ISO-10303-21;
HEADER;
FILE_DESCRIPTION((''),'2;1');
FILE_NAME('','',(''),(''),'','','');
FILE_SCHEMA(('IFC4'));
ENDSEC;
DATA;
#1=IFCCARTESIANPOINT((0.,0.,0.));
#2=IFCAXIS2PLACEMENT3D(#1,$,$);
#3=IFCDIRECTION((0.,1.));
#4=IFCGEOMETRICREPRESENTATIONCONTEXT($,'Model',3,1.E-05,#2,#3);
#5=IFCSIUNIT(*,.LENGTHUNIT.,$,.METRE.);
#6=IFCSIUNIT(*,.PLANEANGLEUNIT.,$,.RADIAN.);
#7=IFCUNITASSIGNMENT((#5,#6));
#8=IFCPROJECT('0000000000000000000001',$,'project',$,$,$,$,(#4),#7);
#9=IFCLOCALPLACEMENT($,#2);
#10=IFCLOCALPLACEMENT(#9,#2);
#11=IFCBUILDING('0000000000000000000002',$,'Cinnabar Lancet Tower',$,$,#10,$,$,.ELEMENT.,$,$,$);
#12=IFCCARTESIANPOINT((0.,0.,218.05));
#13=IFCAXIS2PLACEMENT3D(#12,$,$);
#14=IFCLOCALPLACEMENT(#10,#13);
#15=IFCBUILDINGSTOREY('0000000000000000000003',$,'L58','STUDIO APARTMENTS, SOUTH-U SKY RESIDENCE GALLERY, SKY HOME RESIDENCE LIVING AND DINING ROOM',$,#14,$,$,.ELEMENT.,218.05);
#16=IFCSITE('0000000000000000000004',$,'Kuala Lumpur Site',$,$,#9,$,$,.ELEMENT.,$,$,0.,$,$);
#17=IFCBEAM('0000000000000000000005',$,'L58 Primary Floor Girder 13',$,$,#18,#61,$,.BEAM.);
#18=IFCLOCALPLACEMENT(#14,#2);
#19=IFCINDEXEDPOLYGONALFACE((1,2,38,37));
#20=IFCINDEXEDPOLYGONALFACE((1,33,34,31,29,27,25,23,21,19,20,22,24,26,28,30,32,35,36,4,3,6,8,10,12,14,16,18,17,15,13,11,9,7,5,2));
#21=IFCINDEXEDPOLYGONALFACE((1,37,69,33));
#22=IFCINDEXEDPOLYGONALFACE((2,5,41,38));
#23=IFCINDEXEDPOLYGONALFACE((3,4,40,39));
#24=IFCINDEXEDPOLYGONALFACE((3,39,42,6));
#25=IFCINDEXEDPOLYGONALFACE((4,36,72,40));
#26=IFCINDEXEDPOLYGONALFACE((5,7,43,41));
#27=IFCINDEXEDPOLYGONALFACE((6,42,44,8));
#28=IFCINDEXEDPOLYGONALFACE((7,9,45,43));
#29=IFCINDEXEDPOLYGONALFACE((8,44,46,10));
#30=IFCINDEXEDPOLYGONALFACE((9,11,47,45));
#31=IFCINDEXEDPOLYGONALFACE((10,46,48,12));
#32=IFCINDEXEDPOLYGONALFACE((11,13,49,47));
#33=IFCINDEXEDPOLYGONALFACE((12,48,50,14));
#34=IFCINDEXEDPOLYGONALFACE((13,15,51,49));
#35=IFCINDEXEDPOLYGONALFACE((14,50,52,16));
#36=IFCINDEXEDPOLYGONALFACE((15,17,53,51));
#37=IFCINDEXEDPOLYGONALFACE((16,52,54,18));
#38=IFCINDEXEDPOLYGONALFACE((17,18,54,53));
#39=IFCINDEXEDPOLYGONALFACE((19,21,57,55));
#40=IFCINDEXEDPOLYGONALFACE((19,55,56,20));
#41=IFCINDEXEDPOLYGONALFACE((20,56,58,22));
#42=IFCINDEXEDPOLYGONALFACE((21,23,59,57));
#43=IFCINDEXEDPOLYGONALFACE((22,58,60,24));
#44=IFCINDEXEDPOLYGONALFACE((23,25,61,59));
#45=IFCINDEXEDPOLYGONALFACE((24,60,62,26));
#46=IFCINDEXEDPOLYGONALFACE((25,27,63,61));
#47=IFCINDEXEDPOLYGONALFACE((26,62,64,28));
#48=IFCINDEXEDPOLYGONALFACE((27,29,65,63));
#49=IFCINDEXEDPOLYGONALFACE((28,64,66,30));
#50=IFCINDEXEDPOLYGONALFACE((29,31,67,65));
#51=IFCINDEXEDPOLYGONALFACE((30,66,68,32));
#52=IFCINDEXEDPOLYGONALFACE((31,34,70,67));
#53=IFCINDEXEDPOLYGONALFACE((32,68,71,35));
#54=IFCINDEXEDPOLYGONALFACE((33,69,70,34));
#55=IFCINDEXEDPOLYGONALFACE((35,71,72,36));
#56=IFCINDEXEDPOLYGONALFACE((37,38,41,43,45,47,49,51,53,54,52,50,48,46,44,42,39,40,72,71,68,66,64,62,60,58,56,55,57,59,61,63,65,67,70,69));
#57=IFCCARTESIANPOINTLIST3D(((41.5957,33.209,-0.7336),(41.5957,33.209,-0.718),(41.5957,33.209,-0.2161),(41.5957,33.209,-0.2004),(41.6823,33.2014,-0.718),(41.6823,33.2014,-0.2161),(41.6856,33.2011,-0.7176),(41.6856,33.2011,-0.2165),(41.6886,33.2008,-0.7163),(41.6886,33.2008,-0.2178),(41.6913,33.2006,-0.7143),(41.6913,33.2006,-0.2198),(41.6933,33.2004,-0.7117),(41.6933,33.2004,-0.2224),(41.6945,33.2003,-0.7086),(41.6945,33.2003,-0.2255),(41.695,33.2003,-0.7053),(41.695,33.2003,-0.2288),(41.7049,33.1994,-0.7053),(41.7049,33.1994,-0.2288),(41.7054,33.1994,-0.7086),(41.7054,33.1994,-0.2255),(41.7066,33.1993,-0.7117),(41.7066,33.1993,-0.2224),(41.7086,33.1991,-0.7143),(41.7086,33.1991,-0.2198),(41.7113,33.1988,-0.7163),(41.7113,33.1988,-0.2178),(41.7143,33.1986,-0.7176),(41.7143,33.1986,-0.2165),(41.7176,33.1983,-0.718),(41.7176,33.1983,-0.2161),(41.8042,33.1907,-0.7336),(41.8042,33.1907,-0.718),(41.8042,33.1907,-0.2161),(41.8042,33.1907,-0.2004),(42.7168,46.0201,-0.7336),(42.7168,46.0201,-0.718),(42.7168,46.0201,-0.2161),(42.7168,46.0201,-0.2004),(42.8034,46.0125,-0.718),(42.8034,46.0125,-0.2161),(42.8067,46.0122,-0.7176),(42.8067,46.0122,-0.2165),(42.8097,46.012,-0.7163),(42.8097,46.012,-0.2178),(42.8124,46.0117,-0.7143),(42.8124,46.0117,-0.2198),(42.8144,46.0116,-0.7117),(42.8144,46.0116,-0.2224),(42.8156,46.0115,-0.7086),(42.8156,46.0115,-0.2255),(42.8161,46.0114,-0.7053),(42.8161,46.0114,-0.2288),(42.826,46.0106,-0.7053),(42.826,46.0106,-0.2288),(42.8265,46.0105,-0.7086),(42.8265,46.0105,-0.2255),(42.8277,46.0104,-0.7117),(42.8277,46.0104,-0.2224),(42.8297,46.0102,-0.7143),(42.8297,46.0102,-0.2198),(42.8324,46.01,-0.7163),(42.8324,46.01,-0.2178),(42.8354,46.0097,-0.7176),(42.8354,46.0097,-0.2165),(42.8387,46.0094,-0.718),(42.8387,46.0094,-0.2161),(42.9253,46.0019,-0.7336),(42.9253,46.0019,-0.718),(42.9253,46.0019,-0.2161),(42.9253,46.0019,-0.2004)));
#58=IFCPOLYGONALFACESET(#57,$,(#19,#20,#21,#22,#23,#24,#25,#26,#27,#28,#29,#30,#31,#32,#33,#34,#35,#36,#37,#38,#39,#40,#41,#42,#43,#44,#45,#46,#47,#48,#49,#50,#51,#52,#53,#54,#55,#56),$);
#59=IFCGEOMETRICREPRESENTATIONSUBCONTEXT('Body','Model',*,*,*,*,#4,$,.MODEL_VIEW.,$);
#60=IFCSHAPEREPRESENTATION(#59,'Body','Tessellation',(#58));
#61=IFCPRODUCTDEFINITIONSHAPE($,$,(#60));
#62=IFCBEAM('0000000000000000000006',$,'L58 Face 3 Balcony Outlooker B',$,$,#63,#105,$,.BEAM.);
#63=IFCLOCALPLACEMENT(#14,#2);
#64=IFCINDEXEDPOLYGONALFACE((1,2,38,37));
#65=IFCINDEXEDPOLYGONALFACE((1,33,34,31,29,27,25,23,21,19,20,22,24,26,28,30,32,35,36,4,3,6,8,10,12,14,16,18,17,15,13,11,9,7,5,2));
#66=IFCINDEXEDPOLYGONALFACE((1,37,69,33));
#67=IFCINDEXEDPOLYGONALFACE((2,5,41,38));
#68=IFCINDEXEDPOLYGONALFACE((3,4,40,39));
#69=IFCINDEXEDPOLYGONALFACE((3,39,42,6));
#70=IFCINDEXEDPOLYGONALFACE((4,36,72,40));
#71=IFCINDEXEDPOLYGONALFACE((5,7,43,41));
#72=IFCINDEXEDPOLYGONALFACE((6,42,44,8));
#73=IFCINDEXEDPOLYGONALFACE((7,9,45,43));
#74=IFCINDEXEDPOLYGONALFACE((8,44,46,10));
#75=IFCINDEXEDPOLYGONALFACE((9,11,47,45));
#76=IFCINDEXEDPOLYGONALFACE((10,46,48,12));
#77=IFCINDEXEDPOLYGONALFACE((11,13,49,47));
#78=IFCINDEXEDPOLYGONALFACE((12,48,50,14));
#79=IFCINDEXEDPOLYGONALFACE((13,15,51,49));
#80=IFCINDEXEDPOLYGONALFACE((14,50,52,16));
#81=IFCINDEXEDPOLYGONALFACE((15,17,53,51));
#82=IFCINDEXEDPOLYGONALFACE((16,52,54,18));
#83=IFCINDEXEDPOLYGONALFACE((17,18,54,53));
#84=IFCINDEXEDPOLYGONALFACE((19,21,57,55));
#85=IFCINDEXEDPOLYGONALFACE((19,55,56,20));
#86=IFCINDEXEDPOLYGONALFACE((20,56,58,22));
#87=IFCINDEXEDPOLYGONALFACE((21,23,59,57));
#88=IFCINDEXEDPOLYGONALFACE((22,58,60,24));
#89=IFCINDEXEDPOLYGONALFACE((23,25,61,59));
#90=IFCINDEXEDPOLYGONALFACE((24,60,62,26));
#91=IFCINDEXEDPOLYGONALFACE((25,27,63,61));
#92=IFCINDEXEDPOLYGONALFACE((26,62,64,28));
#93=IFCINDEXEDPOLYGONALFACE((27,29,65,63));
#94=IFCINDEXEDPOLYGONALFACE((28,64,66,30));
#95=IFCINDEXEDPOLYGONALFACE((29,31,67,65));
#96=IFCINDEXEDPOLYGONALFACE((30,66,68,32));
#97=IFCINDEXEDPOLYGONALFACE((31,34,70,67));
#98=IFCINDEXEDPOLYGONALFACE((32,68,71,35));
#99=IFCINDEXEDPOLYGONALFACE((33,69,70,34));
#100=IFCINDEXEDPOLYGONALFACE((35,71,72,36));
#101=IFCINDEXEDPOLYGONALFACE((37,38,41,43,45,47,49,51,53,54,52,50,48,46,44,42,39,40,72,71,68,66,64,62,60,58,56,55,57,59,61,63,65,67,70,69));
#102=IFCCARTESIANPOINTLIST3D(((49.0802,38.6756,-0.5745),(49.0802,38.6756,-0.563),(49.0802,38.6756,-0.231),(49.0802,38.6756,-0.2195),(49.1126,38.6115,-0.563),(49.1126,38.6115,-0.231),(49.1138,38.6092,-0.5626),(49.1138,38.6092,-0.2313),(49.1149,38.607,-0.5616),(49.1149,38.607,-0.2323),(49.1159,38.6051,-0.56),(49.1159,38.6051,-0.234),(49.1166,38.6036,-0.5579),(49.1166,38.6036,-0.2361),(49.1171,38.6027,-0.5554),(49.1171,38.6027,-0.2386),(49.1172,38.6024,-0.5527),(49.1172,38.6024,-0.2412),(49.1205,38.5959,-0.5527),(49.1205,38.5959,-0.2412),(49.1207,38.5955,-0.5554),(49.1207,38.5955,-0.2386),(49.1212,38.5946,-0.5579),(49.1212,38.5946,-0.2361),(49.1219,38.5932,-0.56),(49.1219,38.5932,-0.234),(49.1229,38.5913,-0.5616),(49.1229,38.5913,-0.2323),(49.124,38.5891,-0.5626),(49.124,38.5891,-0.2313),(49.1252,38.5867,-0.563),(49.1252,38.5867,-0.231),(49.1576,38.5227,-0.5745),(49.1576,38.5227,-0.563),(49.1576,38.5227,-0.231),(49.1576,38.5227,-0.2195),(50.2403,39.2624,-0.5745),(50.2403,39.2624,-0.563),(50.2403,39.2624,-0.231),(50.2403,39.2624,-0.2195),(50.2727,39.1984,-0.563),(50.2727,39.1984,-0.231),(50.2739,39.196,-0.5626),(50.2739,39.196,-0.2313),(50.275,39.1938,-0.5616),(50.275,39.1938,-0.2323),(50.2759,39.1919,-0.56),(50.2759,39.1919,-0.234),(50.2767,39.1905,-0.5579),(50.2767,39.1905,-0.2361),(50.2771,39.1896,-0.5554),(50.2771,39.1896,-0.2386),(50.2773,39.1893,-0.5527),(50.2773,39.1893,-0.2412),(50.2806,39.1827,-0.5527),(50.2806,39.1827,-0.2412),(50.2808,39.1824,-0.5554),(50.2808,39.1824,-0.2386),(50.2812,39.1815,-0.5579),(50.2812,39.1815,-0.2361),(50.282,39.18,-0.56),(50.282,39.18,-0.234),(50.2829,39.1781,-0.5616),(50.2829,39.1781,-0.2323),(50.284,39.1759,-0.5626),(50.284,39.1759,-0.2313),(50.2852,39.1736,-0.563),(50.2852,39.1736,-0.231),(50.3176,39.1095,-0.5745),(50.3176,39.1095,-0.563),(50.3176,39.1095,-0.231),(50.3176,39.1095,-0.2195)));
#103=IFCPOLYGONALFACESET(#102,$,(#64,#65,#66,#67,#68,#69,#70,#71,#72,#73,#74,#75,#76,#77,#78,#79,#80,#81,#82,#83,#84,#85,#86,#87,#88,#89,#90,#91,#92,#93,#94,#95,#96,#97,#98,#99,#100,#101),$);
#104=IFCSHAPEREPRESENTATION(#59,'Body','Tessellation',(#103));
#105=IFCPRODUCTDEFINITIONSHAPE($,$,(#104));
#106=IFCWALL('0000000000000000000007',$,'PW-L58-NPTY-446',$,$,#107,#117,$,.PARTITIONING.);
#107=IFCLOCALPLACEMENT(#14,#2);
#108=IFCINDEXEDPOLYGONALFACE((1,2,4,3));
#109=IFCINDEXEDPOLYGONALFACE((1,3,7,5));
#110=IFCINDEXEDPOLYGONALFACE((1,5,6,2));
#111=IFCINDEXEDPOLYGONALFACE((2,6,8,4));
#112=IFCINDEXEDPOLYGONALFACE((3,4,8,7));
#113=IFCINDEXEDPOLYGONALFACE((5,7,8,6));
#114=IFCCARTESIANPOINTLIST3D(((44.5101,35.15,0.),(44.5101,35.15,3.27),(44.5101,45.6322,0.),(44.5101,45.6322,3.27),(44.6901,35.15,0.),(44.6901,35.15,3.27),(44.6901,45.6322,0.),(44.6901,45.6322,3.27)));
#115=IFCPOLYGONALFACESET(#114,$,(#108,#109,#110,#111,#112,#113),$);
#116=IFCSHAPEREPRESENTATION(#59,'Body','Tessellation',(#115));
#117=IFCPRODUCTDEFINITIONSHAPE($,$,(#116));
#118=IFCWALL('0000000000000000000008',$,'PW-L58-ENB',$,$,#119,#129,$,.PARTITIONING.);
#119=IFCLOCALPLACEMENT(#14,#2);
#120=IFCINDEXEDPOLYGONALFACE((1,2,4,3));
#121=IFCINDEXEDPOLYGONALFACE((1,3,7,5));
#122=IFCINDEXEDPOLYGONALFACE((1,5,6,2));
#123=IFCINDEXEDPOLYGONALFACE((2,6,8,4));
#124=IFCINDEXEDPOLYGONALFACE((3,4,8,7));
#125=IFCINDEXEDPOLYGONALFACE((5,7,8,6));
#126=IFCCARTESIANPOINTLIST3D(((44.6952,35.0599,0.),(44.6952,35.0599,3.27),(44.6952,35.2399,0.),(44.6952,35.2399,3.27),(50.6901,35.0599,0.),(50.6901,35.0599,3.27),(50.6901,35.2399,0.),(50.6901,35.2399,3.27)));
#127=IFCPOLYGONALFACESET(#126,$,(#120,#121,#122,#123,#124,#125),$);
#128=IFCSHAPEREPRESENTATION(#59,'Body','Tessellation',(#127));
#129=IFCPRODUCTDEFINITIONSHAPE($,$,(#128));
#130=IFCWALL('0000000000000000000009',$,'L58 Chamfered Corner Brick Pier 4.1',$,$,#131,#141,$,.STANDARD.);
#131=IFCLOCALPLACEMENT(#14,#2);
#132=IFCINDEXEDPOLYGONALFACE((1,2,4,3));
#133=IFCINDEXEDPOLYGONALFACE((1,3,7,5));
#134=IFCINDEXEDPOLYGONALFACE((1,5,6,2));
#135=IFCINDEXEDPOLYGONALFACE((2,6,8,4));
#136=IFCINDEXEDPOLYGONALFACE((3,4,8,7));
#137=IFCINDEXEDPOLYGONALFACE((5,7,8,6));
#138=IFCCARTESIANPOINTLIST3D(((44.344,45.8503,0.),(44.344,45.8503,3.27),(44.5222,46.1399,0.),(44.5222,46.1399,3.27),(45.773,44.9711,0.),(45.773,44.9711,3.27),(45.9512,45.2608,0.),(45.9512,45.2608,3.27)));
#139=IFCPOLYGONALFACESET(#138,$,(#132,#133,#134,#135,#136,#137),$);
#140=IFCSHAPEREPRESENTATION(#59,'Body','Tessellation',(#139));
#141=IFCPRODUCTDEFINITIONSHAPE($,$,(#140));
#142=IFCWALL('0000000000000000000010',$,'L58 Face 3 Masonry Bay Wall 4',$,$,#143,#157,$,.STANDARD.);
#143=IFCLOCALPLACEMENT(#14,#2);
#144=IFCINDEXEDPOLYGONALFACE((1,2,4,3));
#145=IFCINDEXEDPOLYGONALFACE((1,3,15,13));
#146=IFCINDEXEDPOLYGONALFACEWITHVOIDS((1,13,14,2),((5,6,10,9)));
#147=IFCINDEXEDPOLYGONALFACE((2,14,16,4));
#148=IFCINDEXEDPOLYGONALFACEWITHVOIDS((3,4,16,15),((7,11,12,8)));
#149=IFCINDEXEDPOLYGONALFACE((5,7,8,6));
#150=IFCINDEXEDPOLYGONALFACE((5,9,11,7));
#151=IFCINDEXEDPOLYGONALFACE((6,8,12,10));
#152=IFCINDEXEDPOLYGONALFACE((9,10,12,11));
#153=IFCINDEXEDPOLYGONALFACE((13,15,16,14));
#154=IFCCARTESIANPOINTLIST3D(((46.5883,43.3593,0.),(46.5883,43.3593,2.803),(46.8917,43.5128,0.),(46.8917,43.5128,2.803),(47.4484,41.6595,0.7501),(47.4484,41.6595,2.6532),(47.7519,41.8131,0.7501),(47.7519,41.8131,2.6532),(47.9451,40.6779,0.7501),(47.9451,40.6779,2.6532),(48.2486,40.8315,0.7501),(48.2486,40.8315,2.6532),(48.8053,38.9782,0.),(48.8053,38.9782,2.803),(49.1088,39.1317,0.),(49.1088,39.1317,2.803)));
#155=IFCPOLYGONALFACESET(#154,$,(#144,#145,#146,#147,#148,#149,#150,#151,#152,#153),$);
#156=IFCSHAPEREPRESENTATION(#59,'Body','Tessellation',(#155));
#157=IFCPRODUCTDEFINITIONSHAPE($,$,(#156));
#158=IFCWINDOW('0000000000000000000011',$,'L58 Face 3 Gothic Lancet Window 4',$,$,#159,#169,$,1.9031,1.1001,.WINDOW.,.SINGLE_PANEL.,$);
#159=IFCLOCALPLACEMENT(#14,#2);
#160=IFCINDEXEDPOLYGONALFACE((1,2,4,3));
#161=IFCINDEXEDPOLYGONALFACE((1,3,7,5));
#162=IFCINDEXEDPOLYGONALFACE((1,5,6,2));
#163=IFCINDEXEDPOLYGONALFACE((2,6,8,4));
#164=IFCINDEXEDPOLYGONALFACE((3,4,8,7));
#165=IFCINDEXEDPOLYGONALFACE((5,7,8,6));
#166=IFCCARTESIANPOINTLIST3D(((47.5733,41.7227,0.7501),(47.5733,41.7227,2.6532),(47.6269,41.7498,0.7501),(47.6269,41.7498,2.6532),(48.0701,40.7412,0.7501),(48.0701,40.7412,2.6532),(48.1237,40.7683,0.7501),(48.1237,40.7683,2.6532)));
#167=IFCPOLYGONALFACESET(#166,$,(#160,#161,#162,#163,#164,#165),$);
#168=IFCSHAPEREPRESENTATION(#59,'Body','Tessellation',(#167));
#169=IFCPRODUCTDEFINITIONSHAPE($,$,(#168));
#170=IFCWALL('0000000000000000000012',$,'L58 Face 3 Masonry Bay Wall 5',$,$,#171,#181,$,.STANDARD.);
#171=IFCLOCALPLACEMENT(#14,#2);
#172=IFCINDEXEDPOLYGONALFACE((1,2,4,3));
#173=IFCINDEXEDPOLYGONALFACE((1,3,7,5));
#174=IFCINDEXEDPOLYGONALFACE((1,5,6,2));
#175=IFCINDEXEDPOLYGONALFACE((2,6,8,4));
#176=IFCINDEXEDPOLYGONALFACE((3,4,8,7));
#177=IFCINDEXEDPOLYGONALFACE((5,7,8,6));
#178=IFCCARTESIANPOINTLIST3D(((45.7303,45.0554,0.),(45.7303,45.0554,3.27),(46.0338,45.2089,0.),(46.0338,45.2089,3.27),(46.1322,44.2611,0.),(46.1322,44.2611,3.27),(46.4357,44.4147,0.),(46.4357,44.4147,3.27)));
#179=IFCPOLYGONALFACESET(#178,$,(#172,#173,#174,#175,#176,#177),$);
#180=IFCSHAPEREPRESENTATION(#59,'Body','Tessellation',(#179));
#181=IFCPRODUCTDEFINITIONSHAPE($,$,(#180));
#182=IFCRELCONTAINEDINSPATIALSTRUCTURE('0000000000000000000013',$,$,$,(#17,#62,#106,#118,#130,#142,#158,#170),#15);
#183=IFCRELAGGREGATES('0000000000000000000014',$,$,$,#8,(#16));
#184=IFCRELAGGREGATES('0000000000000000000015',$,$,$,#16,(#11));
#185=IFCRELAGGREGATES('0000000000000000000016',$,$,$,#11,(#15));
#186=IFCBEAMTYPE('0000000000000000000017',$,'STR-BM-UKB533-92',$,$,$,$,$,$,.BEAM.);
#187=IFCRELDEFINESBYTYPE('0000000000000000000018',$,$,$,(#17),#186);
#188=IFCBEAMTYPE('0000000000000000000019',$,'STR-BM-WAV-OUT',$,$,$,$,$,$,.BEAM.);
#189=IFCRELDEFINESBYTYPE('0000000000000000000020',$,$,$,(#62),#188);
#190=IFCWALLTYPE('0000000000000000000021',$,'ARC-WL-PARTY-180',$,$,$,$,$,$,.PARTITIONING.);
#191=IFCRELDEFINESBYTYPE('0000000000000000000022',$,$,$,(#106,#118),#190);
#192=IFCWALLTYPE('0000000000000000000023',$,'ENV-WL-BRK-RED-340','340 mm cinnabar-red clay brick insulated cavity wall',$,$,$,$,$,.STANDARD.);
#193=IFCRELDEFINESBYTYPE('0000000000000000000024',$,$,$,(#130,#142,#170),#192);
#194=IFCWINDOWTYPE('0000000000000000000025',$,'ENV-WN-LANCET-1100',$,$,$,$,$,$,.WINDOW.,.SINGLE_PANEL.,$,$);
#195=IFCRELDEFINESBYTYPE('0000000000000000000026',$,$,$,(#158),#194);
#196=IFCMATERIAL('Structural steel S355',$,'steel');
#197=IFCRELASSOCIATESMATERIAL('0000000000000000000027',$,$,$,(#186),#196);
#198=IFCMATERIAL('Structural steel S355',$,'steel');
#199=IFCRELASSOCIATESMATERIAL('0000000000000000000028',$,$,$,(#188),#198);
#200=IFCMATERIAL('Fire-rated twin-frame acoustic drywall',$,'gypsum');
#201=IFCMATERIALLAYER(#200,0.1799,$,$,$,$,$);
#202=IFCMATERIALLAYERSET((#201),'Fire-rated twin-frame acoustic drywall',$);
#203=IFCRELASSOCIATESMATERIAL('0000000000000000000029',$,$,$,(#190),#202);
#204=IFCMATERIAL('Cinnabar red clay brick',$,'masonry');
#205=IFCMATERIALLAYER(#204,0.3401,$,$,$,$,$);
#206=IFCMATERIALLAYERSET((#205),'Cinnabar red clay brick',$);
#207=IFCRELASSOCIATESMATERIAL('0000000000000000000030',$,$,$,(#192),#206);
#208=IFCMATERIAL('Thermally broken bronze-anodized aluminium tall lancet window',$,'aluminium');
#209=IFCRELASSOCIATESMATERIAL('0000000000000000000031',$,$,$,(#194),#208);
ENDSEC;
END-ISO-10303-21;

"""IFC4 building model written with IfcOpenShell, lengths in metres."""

from ifc_helpers import new_model, si_unit, direction, frame, frame_2d, origin, origin_2d, place, context, subcontext, project, spatial, rectangle, i_section, extrude, material, layer, layer_set, material_profile, profile_set, type_object, element, fill, save


model = new_model("IFC4")

# Units and contexts
model_context = context("Model", 3, precision=1e-05, world=origin(), true_north=direction((0.0, 1.0)))
body_context = subcontext(model_context, "Body", "Model", "MODEL_VIEW")
ifc_project = project(units=[si_unit("LENGTHUNIT", "METRE"), si_unit("PLANEANGLEUNIT", "RADIAN")], contexts=[model_context])

# Site, building, storey
site_placement = place(None, origin())
site = spatial("IfcSite", under=ifc_project, at=site_placement, Name="Kuala Lumpur Site", CompositionType="ELEMENT", RefElevation=0.0)
building_placement = place(site_placement, origin())
building = spatial("IfcBuilding", under=site, at=building_placement, Name="Cinnabar Lancet Tower", CompositionType="ELEMENT")
storey_placement = place(building_placement, frame((0.0, 0.0, 218.05)))
storey = spatial("IfcBuildingStorey", under=building, at=storey_placement, Name="L58", Description="STUDIO APARTMENTS, SOUTH-U SKY RESIDENCE GALLERY, SKY HOME RESIDENCE LIVING AND DINING ROOM", CompositionType="ELEMENT", Elevation=218.05)

# Beams
ifc_material_1 = material(Name="Structural steel S355", Category="steel")
ifc_material_profile_1 = material_profile(ifc_material_1, i_section(OverallWidth=0.2092, OverallDepth=0.5332, WebThickness=0.01, FlangeThickness=0.0156, FilletRadius=0.0127, at=origin_2d()), Name="UKB 533x210x92")
ifc_profile_set_1 = profile_set([ifc_material_profile_1], Name="Structural steel S355")
beam_type_1 = type_object("IfcBeamType", Name="STR-BM-UKB533-92", PredefinedType="BEAM", material=ifc_profile_set_1)
beam_1_placement = place(storey_placement, frame((42.821, 46.011, -0.467), z_axis=(-0.087177, -0.996193, 0.0), x_axis=(0.996193, -0.087177, 0.0)))
element("IfcBeam", 1, at=beam_1_placement, inside=storey, type_object=beam_type_1, Name="L58 Primary Floor Girder 13", PredefinedType="BEAM", context=body_context, shape_type="SweptSolid", body=[
    extrude(i_section(OverallWidth=0.2092, OverallDepth=0.5332, WebThickness=0.01, FlangeThickness=0.0156, FilletRadius=0.0127, at=origin_2d()), origin(), (0.0, 0.0, 1.0), 12.8601),
])
ifc_material_2 = material(Name="Structural steel S355", Category="steel")
ifc_material_profile_2 = material_profile(ifc_material_2, i_section(OverallWidth=0.1714, OverallDepth=0.355, WebThickness=0.0073, FlangeThickness=0.0115, FilletRadius=0.0103, at=origin_2d()), Name="UKB 356x171x51")
ifc_profile_set_2 = profile_set([ifc_material_profile_2], Name="Structural steel S355")
beam_type_2 = type_object("IfcBeamType", Name="STR-BM-WAV-OUT", PredefinedType="BEAM", material=ifc_profile_set_2)
beam_2_placement = place(storey_placement, frame((49.1189, 38.5991, -0.397), z_axis=(0.892314, 0.451415, 0.0), x_axis=(-0.451415, 0.892314, 0.0)))
element("IfcBeam", 2, at=beam_2_placement, inside=storey, type_object=beam_type_2, Name="L58 Face 3 Balcony Outlooker B", PredefinedType="BEAM", context=body_context, shape_type="SweptSolid", body=[
    extrude(i_section(OverallWidth=0.1714, OverallDepth=0.355, WebThickness=0.0073, FlangeThickness=0.0115, FilletRadius=0.0103, at=origin_2d()), origin(), (0.0, 0.0, 1.0), 1.3),
])

# Walls
ifc_material_3 = material(Name="Fire-rated twin-frame acoustic drywall", Category="gypsum")
ifc_layer_1 = layer(ifc_material_3, 0.1799)
ifc_layer_set_1 = layer_set([ifc_layer_1], Name="Fire-rated twin-frame acoustic drywall")
wall_type_1 = type_object("IfcWallType", Name="ARC-WL-PARTY-180", PredefinedType="PARTITIONING", material=ifc_layer_set_1)
wall_1_placement = place(storey_placement, frame((44.6001, 35.1499, 0.0), z_axis=(0.0, 0.0, 1.0), x_axis=(0.0, 1.0, 0.0)))
element("IfcWall", 3, at=wall_1_placement, inside=storey, type_object=wall_type_1, Name="PW-L58-NPTY-446", PredefinedType="PARTITIONING", context=body_context, shape_type="SweptSolid", body=[
    extrude(rectangle(XDim=10.4822, YDim=0.1799, at=frame_2d((5.2412, 0.0))), origin(), (0.0, 0.0, 1.0), 3.27),
])
wall_2_placement = place(storey_placement, frame((44.6951, 35.1499, 0.0), z_axis=(0.0, 0.0, 1.0), x_axis=(1.0, 0.0, 0.0)))
element("IfcWall", 4, at=wall_2_placement, inside=storey, type_object=wall_type_1, Name="PW-L58-ENB", PredefinedType="PARTITIONING", context=body_context, shape_type="SweptSolid", body=[
    extrude(rectangle(XDim=5.9949, YDim=0.1799, at=frame_2d((2.9976, 0.0))), origin(), (0.0, 0.0, 1.0), 3.27),
])
ifc_material_4 = material(Name="Cinnabar red clay brick", Category="masonry")
ifc_layer_2 = layer(ifc_material_4, 0.3401)
ifc_layer_set_2 = layer_set([ifc_layer_2], Name="Cinnabar red clay brick")
wall_type_2 = type_object("IfcWallType", Name="ENV-WL-BRK-RED-340", Description="340 mm cinnabar-red clay brick insulated cavity wall", PredefinedType="STANDARD", material=ifc_layer_set_2)
wall_3_placement = place(storey_placement, frame((45.8621, 45.116, 0.0), z_axis=(0.0, 0.0, 1.0), x_axis=(-0.851713, 0.524008, 0.0)))
element("IfcWall", 5, at=wall_3_placement, inside=storey, type_object=wall_type_2, Name="L58 Chamfered Corner Brick Pier 4.1", PredefinedType="STANDARD", context=body_context, shape_type="SweptSolid", body=[
    extrude(rectangle(XDim=1.6777, YDim=0.3401, at=frame_2d((0.8389, 0.0))), origin(), (0.0, 0.0, 1.0), 3.27),
])

# Wall, opening, window
wall_4_placement = place(storey_placement, frame((48.957, 39.0549, 0.0), z_axis=(0.0, 0.0, 1.0), x_axis=(-0.451524, 0.892259, 0.0)))
wall_4 = element("IfcWall", 6, at=wall_4_placement, inside=storey, type_object=wall_type_2, Name="L58 Face 3 Masonry Bay Wall 4", PredefinedType="STANDARD", context=body_context, shape_type="SweptSolid", body=[
    extrude(rectangle(XDim=4.9102, YDim=0.3401, at=frame_2d((2.4551, 0.0))), origin(), (0.0, 0.0, 1.0), 2.803),
])
opening_placement = place(wall_4_placement, frame((1.905, 0.0, 0.75)))
opening = element("IfcOpeningElement", 7, at=opening_placement, cuts=wall_4, PredefinedType="OPENING", context=body_context, shape_type="SweptSolid", body=[
    extrude(rectangle(XDim=1.1001, YDim=1.9031, at=frame_2d((0.55, 0.9517))), frame((0.0, 0.1799, 0.0), z_axis=(0.0, -1.0, 0.0), x_axis=(1.0, 0.0, 0.0)), (0.0, 0.0, 1.0), 0.3601),
])
ifc_material_5 = material(Name="Thermally broken bronze-anodized aluminium tall lancet window", Category="aluminium")
window_type = type_object("IfcWindowType", Name="ENV-WN-LANCET-1100", PartitioningType="SINGLE_PANEL", PredefinedType="WINDOW", material=ifc_material_5)
window_placement = place(opening_placement, origin())
window = element("IfcWindow", 8, at=window_placement, inside=storey, type_object=window_type, Name="L58 Face 3 Gothic Lancet Window 4", OverallHeight=1.9031, OverallWidth=1.1001, PartitioningType="SINGLE_PANEL", PredefinedType="WINDOW", context=body_context, shape_type="SweptSolid", body=[
    extrude(rectangle(XDim=1.1001, YDim=1.9031, at=frame_2d((0.55, 0.9517))), frame((0.0, 0.03, 0.0), z_axis=(0.0, -1.0, 0.0), x_axis=(1.0, 0.0, 0.0)), (0.0, 0.0, 1.0), 0.0601),
])
fill(opening, window)

# Wall
wall_5_placement = place(storey_placement, frame((46.2839, 44.3379, 0.0), z_axis=(0.0, 0.0, 1.0), x_axis=(-0.451487, 0.892277, 0.0)))
element("IfcWall", 9, at=wall_5_placement, inside=storey, type_object=wall_type_2, Name="L58 Face 3 Masonry Bay Wall 5", PredefinedType="STANDARD", context=body_context, shape_type="SweptSolid", body=[
    extrude(rectangle(XDim=0.8901, YDim=0.3401, at=frame_2d((0.4451, 0.0))), origin(), (0.0, 0.0, 1.0), 3.27),
])

save(model, "model.ifc")
